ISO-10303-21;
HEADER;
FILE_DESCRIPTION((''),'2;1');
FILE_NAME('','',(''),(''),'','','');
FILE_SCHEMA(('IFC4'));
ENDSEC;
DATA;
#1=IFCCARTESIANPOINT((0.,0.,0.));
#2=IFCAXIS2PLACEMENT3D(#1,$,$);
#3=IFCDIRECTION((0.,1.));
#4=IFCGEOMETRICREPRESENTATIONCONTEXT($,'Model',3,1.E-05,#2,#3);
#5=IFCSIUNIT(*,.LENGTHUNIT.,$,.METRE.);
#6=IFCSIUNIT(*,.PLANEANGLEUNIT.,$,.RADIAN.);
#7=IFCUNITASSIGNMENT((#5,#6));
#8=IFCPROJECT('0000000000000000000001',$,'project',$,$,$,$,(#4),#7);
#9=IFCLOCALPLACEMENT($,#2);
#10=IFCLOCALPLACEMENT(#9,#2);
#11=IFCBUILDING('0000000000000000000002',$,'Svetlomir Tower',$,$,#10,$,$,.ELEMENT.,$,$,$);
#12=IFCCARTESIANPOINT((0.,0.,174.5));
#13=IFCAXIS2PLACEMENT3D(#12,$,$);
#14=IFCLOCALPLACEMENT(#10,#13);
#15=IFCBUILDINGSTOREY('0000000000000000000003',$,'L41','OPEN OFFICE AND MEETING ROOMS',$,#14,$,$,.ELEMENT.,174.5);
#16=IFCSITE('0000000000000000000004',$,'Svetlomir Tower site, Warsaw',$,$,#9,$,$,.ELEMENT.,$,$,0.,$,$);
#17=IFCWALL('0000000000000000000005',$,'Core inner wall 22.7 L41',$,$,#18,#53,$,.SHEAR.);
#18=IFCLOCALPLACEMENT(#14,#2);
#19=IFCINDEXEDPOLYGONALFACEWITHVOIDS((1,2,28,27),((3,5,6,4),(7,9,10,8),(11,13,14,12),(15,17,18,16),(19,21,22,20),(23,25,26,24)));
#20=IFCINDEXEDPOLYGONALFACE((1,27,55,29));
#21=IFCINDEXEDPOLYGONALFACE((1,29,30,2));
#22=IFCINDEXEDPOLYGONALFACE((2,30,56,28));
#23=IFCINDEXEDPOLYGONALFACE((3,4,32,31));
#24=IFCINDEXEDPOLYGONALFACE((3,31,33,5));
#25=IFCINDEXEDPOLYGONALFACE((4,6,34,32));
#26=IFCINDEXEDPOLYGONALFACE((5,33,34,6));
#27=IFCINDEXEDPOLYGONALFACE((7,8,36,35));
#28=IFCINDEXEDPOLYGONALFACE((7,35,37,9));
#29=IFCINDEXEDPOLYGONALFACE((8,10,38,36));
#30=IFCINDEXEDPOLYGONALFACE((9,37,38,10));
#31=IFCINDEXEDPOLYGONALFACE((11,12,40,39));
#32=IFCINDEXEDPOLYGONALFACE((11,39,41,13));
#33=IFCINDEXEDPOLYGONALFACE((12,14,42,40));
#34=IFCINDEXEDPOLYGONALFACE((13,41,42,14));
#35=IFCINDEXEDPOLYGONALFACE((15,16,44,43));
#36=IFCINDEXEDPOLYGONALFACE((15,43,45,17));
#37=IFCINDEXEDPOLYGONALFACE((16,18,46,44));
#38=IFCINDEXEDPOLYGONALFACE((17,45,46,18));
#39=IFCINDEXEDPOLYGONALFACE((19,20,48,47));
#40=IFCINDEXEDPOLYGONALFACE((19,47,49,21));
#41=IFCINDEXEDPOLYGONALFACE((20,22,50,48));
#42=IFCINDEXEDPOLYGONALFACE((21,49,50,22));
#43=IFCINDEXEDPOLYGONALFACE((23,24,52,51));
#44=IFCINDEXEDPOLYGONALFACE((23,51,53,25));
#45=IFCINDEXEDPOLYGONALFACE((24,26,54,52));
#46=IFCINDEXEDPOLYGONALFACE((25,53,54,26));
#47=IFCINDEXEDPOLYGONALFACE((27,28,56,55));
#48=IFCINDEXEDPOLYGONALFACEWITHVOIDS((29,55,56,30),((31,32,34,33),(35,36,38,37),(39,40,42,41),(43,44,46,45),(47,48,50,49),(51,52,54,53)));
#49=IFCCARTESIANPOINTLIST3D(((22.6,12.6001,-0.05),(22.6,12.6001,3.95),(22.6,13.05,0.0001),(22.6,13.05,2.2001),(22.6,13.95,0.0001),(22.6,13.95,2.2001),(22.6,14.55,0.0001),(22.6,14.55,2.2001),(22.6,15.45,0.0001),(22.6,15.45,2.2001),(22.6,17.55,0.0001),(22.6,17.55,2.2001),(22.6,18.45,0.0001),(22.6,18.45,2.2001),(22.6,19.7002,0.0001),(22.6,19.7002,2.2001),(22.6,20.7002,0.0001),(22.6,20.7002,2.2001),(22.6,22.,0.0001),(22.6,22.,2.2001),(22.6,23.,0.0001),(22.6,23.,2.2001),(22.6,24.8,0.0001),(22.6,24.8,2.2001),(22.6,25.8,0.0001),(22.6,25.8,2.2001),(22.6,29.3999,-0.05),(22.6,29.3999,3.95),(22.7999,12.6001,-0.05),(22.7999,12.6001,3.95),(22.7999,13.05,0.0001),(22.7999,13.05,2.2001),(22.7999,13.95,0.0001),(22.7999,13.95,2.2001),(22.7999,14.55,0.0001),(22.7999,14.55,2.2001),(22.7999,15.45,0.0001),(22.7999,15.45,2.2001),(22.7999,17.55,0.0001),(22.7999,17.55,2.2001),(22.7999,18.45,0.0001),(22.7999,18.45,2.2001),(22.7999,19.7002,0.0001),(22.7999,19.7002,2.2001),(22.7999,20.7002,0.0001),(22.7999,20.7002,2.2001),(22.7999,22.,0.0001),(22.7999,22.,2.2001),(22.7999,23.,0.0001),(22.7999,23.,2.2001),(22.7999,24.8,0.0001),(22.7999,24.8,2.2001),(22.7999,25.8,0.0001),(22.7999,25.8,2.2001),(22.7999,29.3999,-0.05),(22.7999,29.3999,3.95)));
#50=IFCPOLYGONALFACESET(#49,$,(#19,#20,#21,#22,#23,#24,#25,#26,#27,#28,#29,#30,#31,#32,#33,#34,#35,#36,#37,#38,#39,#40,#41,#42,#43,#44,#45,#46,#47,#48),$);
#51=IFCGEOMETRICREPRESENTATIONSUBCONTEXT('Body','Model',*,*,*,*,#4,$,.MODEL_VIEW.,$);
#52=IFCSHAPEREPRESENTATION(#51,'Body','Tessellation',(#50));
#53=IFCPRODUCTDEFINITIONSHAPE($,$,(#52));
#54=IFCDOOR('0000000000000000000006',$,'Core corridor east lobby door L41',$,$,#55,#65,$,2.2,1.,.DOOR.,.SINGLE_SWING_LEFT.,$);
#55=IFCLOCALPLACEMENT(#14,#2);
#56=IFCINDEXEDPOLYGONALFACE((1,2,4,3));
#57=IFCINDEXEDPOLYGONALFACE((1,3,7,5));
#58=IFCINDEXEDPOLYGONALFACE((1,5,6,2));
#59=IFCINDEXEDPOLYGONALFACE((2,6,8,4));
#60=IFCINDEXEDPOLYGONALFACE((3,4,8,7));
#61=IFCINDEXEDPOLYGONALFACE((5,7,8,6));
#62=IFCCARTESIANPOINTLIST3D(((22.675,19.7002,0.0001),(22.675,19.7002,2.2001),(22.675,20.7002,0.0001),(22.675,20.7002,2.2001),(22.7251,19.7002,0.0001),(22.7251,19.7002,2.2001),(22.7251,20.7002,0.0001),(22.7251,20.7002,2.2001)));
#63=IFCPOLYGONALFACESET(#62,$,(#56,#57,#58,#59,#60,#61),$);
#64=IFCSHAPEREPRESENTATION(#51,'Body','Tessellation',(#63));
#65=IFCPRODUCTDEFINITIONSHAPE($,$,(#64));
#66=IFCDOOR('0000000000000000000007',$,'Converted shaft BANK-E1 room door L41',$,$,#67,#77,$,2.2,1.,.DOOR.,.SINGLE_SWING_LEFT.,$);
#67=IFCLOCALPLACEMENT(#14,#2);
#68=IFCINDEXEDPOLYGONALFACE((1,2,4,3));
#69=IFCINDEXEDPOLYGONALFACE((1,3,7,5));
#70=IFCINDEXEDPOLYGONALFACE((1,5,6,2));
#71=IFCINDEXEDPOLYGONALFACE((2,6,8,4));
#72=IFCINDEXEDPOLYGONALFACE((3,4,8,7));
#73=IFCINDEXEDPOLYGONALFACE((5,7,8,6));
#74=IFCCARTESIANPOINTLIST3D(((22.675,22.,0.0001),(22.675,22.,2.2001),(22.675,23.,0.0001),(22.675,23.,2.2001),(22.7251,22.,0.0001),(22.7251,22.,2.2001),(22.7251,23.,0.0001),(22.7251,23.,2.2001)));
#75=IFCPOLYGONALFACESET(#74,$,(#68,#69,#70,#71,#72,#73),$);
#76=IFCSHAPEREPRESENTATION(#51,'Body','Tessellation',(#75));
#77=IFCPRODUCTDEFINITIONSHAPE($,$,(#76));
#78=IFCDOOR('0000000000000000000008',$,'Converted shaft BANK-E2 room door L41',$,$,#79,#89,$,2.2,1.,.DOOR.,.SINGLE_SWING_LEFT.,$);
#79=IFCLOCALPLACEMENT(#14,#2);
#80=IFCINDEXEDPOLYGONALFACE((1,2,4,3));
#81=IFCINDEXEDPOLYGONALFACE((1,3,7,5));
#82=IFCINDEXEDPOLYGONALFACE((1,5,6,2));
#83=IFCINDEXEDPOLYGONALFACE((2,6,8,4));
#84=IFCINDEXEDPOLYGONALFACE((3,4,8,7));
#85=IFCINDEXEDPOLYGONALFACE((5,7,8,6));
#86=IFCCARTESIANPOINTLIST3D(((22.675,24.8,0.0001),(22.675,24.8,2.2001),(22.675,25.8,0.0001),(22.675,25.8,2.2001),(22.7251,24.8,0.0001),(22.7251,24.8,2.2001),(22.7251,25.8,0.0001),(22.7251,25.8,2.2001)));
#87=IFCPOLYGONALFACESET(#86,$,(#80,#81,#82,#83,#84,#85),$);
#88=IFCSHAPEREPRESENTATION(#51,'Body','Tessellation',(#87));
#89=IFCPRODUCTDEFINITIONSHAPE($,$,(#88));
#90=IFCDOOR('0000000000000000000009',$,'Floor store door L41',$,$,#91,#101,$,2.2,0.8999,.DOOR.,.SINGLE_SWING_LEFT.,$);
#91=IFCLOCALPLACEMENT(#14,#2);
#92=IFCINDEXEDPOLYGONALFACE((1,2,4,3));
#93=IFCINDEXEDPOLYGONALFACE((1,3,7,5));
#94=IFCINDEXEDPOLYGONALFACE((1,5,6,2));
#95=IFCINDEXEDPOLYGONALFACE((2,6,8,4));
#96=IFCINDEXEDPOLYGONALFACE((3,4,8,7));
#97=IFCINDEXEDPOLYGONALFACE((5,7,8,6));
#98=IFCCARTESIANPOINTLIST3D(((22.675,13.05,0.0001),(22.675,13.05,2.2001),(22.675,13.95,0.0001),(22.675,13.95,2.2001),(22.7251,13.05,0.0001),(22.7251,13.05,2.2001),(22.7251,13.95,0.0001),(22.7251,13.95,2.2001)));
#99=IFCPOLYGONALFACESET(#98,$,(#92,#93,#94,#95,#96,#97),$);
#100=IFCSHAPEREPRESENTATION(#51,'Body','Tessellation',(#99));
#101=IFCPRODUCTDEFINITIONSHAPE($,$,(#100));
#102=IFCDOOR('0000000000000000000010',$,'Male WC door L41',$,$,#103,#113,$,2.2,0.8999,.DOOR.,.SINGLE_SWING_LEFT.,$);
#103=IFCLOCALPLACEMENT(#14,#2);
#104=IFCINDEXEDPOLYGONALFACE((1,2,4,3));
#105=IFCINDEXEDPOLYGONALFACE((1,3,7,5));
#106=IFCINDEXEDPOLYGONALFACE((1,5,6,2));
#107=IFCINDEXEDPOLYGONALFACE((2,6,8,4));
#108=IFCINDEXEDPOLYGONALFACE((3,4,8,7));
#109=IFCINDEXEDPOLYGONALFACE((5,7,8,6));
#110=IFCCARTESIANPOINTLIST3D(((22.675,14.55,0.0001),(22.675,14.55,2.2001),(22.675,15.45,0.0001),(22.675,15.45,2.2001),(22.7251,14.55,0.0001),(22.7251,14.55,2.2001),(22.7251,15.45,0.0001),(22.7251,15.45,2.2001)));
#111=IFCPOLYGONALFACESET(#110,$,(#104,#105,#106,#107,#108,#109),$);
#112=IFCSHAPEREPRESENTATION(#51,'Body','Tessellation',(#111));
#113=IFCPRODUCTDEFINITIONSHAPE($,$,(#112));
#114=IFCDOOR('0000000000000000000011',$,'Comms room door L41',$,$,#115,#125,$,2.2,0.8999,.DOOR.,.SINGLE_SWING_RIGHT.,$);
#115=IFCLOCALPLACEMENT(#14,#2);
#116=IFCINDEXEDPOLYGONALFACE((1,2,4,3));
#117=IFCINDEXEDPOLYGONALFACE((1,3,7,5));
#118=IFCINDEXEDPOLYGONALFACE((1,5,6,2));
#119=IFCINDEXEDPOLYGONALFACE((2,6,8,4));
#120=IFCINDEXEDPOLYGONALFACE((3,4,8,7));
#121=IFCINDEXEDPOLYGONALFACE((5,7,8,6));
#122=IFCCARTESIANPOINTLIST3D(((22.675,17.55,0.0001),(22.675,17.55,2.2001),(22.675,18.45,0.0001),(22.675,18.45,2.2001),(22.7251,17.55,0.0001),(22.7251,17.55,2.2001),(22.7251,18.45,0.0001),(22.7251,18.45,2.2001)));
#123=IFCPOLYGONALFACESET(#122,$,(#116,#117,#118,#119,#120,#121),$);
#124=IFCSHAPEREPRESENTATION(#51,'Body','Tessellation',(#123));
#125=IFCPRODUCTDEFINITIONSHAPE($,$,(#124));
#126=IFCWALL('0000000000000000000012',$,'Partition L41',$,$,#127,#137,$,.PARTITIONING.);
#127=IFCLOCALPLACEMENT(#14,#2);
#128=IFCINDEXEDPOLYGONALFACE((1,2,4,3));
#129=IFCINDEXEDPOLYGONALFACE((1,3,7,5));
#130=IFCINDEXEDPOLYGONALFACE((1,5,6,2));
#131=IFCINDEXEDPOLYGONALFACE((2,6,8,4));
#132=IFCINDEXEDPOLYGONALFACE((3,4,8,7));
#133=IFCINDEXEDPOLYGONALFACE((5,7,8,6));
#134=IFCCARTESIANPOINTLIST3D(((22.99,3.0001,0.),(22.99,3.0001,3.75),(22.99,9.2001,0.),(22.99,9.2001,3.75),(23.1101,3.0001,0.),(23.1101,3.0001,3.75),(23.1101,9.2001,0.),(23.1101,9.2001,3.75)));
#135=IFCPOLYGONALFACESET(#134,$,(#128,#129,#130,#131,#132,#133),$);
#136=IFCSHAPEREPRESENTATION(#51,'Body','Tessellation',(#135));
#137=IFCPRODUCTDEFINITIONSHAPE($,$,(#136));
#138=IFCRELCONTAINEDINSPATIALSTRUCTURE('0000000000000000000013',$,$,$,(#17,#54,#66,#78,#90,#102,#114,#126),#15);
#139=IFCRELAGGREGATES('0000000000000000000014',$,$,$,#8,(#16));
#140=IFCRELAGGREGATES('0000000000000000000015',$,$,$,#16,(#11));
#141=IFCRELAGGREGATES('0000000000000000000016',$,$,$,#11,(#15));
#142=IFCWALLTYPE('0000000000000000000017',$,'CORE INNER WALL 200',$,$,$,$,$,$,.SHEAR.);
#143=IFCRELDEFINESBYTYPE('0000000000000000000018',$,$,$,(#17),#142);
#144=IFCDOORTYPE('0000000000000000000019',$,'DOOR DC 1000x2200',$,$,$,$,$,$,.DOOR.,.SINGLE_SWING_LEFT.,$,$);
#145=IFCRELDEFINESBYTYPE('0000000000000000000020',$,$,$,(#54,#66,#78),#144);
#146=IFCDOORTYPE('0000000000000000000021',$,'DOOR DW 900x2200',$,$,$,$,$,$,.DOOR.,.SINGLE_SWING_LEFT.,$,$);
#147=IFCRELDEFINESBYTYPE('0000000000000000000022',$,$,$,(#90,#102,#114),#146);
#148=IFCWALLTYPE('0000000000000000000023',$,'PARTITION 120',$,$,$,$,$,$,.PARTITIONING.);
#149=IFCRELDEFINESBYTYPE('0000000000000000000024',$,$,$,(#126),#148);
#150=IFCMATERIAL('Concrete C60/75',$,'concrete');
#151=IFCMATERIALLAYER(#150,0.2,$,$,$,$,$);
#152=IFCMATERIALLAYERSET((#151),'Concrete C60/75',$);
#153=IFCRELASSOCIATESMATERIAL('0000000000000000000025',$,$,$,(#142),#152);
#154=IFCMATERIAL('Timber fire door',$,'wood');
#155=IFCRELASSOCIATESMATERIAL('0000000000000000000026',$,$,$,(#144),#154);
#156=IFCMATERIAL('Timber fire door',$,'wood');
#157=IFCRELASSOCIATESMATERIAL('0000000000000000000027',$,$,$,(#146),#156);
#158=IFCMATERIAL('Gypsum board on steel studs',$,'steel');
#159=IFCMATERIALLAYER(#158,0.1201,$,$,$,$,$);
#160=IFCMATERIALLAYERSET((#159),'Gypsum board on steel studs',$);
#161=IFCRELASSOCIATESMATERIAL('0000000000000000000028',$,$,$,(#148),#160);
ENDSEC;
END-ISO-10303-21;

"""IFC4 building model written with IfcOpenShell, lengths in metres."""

from ifc_helpers import new_model, si_unit, direction, frame, frame_2d, origin, place, context, subcontext, project, spatial, rectangle, extrude, material, layer, layer_set, type_object, element, fill, save


model = new_model("IFC4")

# Units and contexts
model_context = context("Model", 3, precision=1e-05, world=origin(), true_north=direction((0.0, 1.0)))
body_context = subcontext(model_context, "Body", "Model", "MODEL_VIEW")
ifc_project = project(units=[si_unit("LENGTHUNIT", "METRE"), si_unit("PLANEANGLEUNIT", "RADIAN")], contexts=[model_context])

# Site, building, storey
site_placement = place(None, origin())
site = spatial("IfcSite", under=ifc_project, at=site_placement, Name="Svetlomir Tower site, Warsaw", CompositionType="ELEMENT", RefElevation=0.0)
building_placement = place(site_placement, origin())
building = spatial("IfcBuilding", under=site, at=building_placement, Name="Svetlomir Tower", CompositionType="ELEMENT")
storey_placement = place(building_placement, frame((0.0, 0.0, 174.5)))
storey = spatial("IfcBuildingStorey", under=building, at=storey_placement, Name="L41", Description="OPEN OFFICE AND MEETING ROOMS", CompositionType="ELEMENT", Elevation=174.5)

# Shared definitions
ifc_material_1 = material(Name="Concrete C60/75", Category="concrete")
ifc_layer_1 = layer(ifc_material_1, 0.2)
ifc_layer_set_1 = layer_set([ifc_layer_1], Name="Concrete C60/75")
wall_type_1 = type_object("IfcWallType", Name="CORE INNER WALL 200", PredefinedType="SHEAR", material=ifc_layer_set_1)

# Wall, openings, doors
ifc_material_2 = material(Name="Timber fire door", Category="wood")
door_type_1 = type_object("IfcDoorType", Name="DOOR DC 1000x2200", OperationType="SINGLE_SWING_LEFT", PredefinedType="DOOR", material=ifc_material_2)
ifc_material_3 = material(Name="Timber fire door", Category="wood")
door_type_2 = type_object("IfcDoorType", Name="DOOR DW 900x2200", OperationType="SINGLE_SWING_LEFT", PredefinedType="DOOR", material=ifc_material_3)
wall_1_placement = place(storey_placement, frame((22.7, 12.6001, -0.05), z_axis=(0.0, 0.0, 1.0), x_axis=(0.0, 1.0, 0.0)))
wall_1 = element("IfcWall", 1, at=wall_1_placement, inside=storey, type_object=wall_type_1, Name="Core inner wall 22.7 L41", PredefinedType="SHEAR", context=body_context, shape_type="SweptSolid", body=[
    extrude(rectangle(XDim=16.7998, YDim=0.2, at=frame_2d((8.3999, 0.0))), origin(), (0.0, 0.0, 1.0), 4.0),
])
opening_1_placement = place(wall_1_placement, frame((0.45, 0.0, 0.05)))
opening_1 = element("IfcOpeningElement", 2, at=opening_1_placement, cuts=wall_1, PredefinedType="OPENING", context=body_context, shape_type="SweptSolid", body=[
    extrude(rectangle(XDim=0.8999, YDim=2.2, at=frame_2d((0.45, 1.1001))), frame((0.0, 0.1099, 0.0), z_axis=(0.0, -1.0, 0.0), x_axis=(1.0, 0.0, 0.0)), (0.0, 0.0, 1.0), 0.22),
])
opening_2_placement = place(wall_1_placement, frame((7.1001, 0.0, 0.05)))
opening_2 = element("IfcOpeningElement", 3, at=opening_2_placement, cuts=wall_1, PredefinedType="OPENING", context=body_context, shape_type="SweptSolid", body=[
    extrude(rectangle(XDim=1.0, YDim=2.2, at=frame_2d((0.5, 1.1001))), frame((0.0, 0.1099, 0.0), z_axis=(0.0, -1.0, 0.0), x_axis=(1.0, 0.0, 0.0)), (0.0, 0.0, 1.0), 0.22),
])
opening_3_placement = place(wall_1_placement, frame((1.95, 0.0, 0.05)))
opening_3 = element("IfcOpeningElement", 4, at=opening_3_placement, cuts=wall_1, PredefinedType="OPENING", context=body_context, shape_type="SweptSolid", body=[
    extrude(rectangle(XDim=0.8999, YDim=2.2, at=frame_2d((0.45, 1.1001))), frame((0.0, 0.1099, 0.0), z_axis=(0.0, -1.0, 0.0), x_axis=(1.0, 0.0, 0.0)), (0.0, 0.0, 1.0), 0.22),
])
opening_4_placement = place(wall_1_placement, frame((4.95, 0.0, 0.05)))
opening_4 = element("IfcOpeningElement", 5, at=opening_4_placement, cuts=wall_1, PredefinedType="OPENING", context=body_context, shape_type="SweptSolid", body=[
    extrude(rectangle(XDim=0.8999, YDim=2.2, at=frame_2d((0.45, 1.1001))), frame((0.0, 0.1099, 0.0), z_axis=(0.0, -1.0, 0.0), x_axis=(1.0, 0.0, 0.0)), (0.0, 0.0, 1.0), 0.22),
])
opening_5_placement = place(wall_1_placement, frame((9.3999, 0.0, 0.05)))
opening_5 = element("IfcOpeningElement", 6, at=opening_5_placement, cuts=wall_1, PredefinedType="OPENING", context=body_context, shape_type="SweptSolid", body=[
    extrude(rectangle(XDim=1.0, YDim=2.2, at=frame_2d((0.5, 1.1001))), frame((0.0, 0.1099, 0.0), z_axis=(0.0, -1.0, 0.0), x_axis=(1.0, 0.0, 0.0)), (0.0, 0.0, 1.0), 0.22),
])
opening_6_placement = place(wall_1_placement, frame((12.2, 0.0, 0.05)))
opening_6 = element("IfcOpeningElement", 7, at=opening_6_placement, cuts=wall_1, PredefinedType="OPENING", context=body_context, shape_type="SweptSolid", body=[
    extrude(rectangle(XDim=1.0, YDim=2.2, at=frame_2d((0.5, 1.1001))), frame((0.0, 0.1099, 0.0), z_axis=(0.0, -1.0, 0.0), x_axis=(1.0, 0.0, 0.0)), (0.0, 0.0, 1.0), 0.22),
])
door_1_placement = place(opening_2_placement, origin())
door_1 = element("IfcDoor", 8, at=door_1_placement, inside=storey, type_object=door_type_1, Name="Core corridor east lobby door L41", OperationType="SINGLE_SWING_LEFT", OverallHeight=2.2, OverallWidth=1.0, PredefinedType="DOOR", context=body_context, shape_type="SweptSolid", body=[
    extrude(rectangle(XDim=1.0, YDim=2.2, at=frame_2d((0.5, 1.1001))), frame((0.0, 0.0249, 0.0), z_axis=(0.0, -1.0, 0.0), x_axis=(1.0, 0.0, 0.0)), (0.0, 0.0, 1.0), 0.05),
])
fill(opening_2, door_1)
door_2_placement = place(opening_5_placement, origin())
door_2 = element("IfcDoor", 9, at=door_2_placement, inside=storey, type_object=door_type_1, Name="Converted shaft BANK-E1 room door L41", OperationType="SINGLE_SWING_LEFT", OverallHeight=2.2, OverallWidth=1.0, PredefinedType="DOOR", context=body_context, shape_type="SweptSolid", body=[
    extrude(rectangle(XDim=1.0, YDim=2.2, at=frame_2d((0.5, 1.1001))), frame((0.0, 0.0249, 0.0), z_axis=(0.0, -1.0, 0.0), x_axis=(1.0, 0.0, 0.0)), (0.0, 0.0, 1.0), 0.05),
])
fill(opening_5, door_2)
door_3_placement = place(opening_6_placement, origin())
door_3 = element("IfcDoor", 10, at=door_3_placement, inside=storey, type_object=door_type_1, Name="Converted shaft BANK-E2 room door L41", OperationType="SINGLE_SWING_LEFT", OverallHeight=2.2, OverallWidth=1.0, PredefinedType="DOOR", context=body_context, shape_type="SweptSolid", body=[
    extrude(rectangle(XDim=1.0, YDim=2.2, at=frame_2d((0.5, 1.1001))), frame((0.0, 0.0249, 0.0), z_axis=(0.0, -1.0, 0.0), x_axis=(1.0, 0.0, 0.0)), (0.0, 0.0, 1.0), 0.05),
])
fill(opening_6, door_3)
door_4_placement = place(opening_1_placement, origin())
door_4 = element("IfcDoor", 11, at=door_4_placement, inside=storey, type_object=door_type_2, Name="Floor store door L41", OperationType="SINGLE_SWING_LEFT", OverallHeight=2.2, OverallWidth=0.8999, PredefinedType="DOOR", context=body_context, shape_type="SweptSolid", body=[
    extrude(rectangle(XDim=0.8999, YDim=2.2, at=frame_2d((0.45, 1.1001))), frame((0.0, 0.0249, 0.0), z_axis=(0.0, -1.0, 0.0), x_axis=(1.0, 0.0, 0.0)), (0.0, 0.0, 1.0), 0.05),
])
fill(opening_1, door_4)
door_5_placement = place(opening_3_placement, origin())
door_5 = element("IfcDoor", 12, at=door_5_placement, inside=storey, type_object=door_type_2, Name="Male WC door L41", OperationType="SINGLE_SWING_LEFT", OverallHeight=2.2, OverallWidth=0.8999, PredefinedType="DOOR", context=body_context, shape_type="SweptSolid", body=[
    extrude(rectangle(XDim=0.8999, YDim=2.2, at=frame_2d((0.45, 1.1001))), frame((0.0, 0.0249, 0.0), z_axis=(0.0, -1.0, 0.0), x_axis=(1.0, 0.0, 0.0)), (0.0, 0.0, 1.0), 0.05),
])
fill(opening_3, door_5)
door_6_placement = place(opening_4_placement, origin())
door_6 = element("IfcDoor", 13, at=door_6_placement, inside=storey, type_object=door_type_2, Name="Comms room door L41", OperationType="SINGLE_SWING_RIGHT", OverallHeight=2.2, OverallWidth=0.8999, PredefinedType="DOOR", context=body_context, shape_type="SweptSolid", body=[
    extrude(rectangle(XDim=0.8999, YDim=2.2, at=frame_2d((0.45, 1.1001))), frame((0.0, 0.0249, 0.0), z_axis=(0.0, -1.0, 0.0), x_axis=(1.0, 0.0, 0.0)), (0.0, 0.0, 1.0), 0.05),
])
fill(opening_4, door_6)

# Wall
ifc_material_4 = material(Name="Gypsum board on steel studs", Category="steel")
ifc_layer_2 = layer(ifc_material_4, 0.1201)
ifc_layer_set_2 = layer_set([ifc_layer_2], Name="Gypsum board on steel studs")
wall_type_2 = type_object("IfcWallType", Name="PARTITION 120", PredefinedType="PARTITIONING", material=ifc_layer_set_2)
wall_2_placement = place(storey_placement, frame((23.05, 3.0, 0.0), z_axis=(0.0, 0.0, 1.0), x_axis=(0.0, 1.0, 0.0)))
element("IfcWall", 14, at=wall_2_placement, inside=storey, type_object=wall_type_2, Name="Partition L41", PredefinedType="PARTITIONING", context=body_context, shape_type="SweptSolid", body=[
    extrude(rectangle(XDim=6.2, YDim=0.1201, at=frame_2d((3.1001, 0.0))), origin(), (0.0, 0.0, 1.0), 3.75),
])

save(model, "model.ifc")
